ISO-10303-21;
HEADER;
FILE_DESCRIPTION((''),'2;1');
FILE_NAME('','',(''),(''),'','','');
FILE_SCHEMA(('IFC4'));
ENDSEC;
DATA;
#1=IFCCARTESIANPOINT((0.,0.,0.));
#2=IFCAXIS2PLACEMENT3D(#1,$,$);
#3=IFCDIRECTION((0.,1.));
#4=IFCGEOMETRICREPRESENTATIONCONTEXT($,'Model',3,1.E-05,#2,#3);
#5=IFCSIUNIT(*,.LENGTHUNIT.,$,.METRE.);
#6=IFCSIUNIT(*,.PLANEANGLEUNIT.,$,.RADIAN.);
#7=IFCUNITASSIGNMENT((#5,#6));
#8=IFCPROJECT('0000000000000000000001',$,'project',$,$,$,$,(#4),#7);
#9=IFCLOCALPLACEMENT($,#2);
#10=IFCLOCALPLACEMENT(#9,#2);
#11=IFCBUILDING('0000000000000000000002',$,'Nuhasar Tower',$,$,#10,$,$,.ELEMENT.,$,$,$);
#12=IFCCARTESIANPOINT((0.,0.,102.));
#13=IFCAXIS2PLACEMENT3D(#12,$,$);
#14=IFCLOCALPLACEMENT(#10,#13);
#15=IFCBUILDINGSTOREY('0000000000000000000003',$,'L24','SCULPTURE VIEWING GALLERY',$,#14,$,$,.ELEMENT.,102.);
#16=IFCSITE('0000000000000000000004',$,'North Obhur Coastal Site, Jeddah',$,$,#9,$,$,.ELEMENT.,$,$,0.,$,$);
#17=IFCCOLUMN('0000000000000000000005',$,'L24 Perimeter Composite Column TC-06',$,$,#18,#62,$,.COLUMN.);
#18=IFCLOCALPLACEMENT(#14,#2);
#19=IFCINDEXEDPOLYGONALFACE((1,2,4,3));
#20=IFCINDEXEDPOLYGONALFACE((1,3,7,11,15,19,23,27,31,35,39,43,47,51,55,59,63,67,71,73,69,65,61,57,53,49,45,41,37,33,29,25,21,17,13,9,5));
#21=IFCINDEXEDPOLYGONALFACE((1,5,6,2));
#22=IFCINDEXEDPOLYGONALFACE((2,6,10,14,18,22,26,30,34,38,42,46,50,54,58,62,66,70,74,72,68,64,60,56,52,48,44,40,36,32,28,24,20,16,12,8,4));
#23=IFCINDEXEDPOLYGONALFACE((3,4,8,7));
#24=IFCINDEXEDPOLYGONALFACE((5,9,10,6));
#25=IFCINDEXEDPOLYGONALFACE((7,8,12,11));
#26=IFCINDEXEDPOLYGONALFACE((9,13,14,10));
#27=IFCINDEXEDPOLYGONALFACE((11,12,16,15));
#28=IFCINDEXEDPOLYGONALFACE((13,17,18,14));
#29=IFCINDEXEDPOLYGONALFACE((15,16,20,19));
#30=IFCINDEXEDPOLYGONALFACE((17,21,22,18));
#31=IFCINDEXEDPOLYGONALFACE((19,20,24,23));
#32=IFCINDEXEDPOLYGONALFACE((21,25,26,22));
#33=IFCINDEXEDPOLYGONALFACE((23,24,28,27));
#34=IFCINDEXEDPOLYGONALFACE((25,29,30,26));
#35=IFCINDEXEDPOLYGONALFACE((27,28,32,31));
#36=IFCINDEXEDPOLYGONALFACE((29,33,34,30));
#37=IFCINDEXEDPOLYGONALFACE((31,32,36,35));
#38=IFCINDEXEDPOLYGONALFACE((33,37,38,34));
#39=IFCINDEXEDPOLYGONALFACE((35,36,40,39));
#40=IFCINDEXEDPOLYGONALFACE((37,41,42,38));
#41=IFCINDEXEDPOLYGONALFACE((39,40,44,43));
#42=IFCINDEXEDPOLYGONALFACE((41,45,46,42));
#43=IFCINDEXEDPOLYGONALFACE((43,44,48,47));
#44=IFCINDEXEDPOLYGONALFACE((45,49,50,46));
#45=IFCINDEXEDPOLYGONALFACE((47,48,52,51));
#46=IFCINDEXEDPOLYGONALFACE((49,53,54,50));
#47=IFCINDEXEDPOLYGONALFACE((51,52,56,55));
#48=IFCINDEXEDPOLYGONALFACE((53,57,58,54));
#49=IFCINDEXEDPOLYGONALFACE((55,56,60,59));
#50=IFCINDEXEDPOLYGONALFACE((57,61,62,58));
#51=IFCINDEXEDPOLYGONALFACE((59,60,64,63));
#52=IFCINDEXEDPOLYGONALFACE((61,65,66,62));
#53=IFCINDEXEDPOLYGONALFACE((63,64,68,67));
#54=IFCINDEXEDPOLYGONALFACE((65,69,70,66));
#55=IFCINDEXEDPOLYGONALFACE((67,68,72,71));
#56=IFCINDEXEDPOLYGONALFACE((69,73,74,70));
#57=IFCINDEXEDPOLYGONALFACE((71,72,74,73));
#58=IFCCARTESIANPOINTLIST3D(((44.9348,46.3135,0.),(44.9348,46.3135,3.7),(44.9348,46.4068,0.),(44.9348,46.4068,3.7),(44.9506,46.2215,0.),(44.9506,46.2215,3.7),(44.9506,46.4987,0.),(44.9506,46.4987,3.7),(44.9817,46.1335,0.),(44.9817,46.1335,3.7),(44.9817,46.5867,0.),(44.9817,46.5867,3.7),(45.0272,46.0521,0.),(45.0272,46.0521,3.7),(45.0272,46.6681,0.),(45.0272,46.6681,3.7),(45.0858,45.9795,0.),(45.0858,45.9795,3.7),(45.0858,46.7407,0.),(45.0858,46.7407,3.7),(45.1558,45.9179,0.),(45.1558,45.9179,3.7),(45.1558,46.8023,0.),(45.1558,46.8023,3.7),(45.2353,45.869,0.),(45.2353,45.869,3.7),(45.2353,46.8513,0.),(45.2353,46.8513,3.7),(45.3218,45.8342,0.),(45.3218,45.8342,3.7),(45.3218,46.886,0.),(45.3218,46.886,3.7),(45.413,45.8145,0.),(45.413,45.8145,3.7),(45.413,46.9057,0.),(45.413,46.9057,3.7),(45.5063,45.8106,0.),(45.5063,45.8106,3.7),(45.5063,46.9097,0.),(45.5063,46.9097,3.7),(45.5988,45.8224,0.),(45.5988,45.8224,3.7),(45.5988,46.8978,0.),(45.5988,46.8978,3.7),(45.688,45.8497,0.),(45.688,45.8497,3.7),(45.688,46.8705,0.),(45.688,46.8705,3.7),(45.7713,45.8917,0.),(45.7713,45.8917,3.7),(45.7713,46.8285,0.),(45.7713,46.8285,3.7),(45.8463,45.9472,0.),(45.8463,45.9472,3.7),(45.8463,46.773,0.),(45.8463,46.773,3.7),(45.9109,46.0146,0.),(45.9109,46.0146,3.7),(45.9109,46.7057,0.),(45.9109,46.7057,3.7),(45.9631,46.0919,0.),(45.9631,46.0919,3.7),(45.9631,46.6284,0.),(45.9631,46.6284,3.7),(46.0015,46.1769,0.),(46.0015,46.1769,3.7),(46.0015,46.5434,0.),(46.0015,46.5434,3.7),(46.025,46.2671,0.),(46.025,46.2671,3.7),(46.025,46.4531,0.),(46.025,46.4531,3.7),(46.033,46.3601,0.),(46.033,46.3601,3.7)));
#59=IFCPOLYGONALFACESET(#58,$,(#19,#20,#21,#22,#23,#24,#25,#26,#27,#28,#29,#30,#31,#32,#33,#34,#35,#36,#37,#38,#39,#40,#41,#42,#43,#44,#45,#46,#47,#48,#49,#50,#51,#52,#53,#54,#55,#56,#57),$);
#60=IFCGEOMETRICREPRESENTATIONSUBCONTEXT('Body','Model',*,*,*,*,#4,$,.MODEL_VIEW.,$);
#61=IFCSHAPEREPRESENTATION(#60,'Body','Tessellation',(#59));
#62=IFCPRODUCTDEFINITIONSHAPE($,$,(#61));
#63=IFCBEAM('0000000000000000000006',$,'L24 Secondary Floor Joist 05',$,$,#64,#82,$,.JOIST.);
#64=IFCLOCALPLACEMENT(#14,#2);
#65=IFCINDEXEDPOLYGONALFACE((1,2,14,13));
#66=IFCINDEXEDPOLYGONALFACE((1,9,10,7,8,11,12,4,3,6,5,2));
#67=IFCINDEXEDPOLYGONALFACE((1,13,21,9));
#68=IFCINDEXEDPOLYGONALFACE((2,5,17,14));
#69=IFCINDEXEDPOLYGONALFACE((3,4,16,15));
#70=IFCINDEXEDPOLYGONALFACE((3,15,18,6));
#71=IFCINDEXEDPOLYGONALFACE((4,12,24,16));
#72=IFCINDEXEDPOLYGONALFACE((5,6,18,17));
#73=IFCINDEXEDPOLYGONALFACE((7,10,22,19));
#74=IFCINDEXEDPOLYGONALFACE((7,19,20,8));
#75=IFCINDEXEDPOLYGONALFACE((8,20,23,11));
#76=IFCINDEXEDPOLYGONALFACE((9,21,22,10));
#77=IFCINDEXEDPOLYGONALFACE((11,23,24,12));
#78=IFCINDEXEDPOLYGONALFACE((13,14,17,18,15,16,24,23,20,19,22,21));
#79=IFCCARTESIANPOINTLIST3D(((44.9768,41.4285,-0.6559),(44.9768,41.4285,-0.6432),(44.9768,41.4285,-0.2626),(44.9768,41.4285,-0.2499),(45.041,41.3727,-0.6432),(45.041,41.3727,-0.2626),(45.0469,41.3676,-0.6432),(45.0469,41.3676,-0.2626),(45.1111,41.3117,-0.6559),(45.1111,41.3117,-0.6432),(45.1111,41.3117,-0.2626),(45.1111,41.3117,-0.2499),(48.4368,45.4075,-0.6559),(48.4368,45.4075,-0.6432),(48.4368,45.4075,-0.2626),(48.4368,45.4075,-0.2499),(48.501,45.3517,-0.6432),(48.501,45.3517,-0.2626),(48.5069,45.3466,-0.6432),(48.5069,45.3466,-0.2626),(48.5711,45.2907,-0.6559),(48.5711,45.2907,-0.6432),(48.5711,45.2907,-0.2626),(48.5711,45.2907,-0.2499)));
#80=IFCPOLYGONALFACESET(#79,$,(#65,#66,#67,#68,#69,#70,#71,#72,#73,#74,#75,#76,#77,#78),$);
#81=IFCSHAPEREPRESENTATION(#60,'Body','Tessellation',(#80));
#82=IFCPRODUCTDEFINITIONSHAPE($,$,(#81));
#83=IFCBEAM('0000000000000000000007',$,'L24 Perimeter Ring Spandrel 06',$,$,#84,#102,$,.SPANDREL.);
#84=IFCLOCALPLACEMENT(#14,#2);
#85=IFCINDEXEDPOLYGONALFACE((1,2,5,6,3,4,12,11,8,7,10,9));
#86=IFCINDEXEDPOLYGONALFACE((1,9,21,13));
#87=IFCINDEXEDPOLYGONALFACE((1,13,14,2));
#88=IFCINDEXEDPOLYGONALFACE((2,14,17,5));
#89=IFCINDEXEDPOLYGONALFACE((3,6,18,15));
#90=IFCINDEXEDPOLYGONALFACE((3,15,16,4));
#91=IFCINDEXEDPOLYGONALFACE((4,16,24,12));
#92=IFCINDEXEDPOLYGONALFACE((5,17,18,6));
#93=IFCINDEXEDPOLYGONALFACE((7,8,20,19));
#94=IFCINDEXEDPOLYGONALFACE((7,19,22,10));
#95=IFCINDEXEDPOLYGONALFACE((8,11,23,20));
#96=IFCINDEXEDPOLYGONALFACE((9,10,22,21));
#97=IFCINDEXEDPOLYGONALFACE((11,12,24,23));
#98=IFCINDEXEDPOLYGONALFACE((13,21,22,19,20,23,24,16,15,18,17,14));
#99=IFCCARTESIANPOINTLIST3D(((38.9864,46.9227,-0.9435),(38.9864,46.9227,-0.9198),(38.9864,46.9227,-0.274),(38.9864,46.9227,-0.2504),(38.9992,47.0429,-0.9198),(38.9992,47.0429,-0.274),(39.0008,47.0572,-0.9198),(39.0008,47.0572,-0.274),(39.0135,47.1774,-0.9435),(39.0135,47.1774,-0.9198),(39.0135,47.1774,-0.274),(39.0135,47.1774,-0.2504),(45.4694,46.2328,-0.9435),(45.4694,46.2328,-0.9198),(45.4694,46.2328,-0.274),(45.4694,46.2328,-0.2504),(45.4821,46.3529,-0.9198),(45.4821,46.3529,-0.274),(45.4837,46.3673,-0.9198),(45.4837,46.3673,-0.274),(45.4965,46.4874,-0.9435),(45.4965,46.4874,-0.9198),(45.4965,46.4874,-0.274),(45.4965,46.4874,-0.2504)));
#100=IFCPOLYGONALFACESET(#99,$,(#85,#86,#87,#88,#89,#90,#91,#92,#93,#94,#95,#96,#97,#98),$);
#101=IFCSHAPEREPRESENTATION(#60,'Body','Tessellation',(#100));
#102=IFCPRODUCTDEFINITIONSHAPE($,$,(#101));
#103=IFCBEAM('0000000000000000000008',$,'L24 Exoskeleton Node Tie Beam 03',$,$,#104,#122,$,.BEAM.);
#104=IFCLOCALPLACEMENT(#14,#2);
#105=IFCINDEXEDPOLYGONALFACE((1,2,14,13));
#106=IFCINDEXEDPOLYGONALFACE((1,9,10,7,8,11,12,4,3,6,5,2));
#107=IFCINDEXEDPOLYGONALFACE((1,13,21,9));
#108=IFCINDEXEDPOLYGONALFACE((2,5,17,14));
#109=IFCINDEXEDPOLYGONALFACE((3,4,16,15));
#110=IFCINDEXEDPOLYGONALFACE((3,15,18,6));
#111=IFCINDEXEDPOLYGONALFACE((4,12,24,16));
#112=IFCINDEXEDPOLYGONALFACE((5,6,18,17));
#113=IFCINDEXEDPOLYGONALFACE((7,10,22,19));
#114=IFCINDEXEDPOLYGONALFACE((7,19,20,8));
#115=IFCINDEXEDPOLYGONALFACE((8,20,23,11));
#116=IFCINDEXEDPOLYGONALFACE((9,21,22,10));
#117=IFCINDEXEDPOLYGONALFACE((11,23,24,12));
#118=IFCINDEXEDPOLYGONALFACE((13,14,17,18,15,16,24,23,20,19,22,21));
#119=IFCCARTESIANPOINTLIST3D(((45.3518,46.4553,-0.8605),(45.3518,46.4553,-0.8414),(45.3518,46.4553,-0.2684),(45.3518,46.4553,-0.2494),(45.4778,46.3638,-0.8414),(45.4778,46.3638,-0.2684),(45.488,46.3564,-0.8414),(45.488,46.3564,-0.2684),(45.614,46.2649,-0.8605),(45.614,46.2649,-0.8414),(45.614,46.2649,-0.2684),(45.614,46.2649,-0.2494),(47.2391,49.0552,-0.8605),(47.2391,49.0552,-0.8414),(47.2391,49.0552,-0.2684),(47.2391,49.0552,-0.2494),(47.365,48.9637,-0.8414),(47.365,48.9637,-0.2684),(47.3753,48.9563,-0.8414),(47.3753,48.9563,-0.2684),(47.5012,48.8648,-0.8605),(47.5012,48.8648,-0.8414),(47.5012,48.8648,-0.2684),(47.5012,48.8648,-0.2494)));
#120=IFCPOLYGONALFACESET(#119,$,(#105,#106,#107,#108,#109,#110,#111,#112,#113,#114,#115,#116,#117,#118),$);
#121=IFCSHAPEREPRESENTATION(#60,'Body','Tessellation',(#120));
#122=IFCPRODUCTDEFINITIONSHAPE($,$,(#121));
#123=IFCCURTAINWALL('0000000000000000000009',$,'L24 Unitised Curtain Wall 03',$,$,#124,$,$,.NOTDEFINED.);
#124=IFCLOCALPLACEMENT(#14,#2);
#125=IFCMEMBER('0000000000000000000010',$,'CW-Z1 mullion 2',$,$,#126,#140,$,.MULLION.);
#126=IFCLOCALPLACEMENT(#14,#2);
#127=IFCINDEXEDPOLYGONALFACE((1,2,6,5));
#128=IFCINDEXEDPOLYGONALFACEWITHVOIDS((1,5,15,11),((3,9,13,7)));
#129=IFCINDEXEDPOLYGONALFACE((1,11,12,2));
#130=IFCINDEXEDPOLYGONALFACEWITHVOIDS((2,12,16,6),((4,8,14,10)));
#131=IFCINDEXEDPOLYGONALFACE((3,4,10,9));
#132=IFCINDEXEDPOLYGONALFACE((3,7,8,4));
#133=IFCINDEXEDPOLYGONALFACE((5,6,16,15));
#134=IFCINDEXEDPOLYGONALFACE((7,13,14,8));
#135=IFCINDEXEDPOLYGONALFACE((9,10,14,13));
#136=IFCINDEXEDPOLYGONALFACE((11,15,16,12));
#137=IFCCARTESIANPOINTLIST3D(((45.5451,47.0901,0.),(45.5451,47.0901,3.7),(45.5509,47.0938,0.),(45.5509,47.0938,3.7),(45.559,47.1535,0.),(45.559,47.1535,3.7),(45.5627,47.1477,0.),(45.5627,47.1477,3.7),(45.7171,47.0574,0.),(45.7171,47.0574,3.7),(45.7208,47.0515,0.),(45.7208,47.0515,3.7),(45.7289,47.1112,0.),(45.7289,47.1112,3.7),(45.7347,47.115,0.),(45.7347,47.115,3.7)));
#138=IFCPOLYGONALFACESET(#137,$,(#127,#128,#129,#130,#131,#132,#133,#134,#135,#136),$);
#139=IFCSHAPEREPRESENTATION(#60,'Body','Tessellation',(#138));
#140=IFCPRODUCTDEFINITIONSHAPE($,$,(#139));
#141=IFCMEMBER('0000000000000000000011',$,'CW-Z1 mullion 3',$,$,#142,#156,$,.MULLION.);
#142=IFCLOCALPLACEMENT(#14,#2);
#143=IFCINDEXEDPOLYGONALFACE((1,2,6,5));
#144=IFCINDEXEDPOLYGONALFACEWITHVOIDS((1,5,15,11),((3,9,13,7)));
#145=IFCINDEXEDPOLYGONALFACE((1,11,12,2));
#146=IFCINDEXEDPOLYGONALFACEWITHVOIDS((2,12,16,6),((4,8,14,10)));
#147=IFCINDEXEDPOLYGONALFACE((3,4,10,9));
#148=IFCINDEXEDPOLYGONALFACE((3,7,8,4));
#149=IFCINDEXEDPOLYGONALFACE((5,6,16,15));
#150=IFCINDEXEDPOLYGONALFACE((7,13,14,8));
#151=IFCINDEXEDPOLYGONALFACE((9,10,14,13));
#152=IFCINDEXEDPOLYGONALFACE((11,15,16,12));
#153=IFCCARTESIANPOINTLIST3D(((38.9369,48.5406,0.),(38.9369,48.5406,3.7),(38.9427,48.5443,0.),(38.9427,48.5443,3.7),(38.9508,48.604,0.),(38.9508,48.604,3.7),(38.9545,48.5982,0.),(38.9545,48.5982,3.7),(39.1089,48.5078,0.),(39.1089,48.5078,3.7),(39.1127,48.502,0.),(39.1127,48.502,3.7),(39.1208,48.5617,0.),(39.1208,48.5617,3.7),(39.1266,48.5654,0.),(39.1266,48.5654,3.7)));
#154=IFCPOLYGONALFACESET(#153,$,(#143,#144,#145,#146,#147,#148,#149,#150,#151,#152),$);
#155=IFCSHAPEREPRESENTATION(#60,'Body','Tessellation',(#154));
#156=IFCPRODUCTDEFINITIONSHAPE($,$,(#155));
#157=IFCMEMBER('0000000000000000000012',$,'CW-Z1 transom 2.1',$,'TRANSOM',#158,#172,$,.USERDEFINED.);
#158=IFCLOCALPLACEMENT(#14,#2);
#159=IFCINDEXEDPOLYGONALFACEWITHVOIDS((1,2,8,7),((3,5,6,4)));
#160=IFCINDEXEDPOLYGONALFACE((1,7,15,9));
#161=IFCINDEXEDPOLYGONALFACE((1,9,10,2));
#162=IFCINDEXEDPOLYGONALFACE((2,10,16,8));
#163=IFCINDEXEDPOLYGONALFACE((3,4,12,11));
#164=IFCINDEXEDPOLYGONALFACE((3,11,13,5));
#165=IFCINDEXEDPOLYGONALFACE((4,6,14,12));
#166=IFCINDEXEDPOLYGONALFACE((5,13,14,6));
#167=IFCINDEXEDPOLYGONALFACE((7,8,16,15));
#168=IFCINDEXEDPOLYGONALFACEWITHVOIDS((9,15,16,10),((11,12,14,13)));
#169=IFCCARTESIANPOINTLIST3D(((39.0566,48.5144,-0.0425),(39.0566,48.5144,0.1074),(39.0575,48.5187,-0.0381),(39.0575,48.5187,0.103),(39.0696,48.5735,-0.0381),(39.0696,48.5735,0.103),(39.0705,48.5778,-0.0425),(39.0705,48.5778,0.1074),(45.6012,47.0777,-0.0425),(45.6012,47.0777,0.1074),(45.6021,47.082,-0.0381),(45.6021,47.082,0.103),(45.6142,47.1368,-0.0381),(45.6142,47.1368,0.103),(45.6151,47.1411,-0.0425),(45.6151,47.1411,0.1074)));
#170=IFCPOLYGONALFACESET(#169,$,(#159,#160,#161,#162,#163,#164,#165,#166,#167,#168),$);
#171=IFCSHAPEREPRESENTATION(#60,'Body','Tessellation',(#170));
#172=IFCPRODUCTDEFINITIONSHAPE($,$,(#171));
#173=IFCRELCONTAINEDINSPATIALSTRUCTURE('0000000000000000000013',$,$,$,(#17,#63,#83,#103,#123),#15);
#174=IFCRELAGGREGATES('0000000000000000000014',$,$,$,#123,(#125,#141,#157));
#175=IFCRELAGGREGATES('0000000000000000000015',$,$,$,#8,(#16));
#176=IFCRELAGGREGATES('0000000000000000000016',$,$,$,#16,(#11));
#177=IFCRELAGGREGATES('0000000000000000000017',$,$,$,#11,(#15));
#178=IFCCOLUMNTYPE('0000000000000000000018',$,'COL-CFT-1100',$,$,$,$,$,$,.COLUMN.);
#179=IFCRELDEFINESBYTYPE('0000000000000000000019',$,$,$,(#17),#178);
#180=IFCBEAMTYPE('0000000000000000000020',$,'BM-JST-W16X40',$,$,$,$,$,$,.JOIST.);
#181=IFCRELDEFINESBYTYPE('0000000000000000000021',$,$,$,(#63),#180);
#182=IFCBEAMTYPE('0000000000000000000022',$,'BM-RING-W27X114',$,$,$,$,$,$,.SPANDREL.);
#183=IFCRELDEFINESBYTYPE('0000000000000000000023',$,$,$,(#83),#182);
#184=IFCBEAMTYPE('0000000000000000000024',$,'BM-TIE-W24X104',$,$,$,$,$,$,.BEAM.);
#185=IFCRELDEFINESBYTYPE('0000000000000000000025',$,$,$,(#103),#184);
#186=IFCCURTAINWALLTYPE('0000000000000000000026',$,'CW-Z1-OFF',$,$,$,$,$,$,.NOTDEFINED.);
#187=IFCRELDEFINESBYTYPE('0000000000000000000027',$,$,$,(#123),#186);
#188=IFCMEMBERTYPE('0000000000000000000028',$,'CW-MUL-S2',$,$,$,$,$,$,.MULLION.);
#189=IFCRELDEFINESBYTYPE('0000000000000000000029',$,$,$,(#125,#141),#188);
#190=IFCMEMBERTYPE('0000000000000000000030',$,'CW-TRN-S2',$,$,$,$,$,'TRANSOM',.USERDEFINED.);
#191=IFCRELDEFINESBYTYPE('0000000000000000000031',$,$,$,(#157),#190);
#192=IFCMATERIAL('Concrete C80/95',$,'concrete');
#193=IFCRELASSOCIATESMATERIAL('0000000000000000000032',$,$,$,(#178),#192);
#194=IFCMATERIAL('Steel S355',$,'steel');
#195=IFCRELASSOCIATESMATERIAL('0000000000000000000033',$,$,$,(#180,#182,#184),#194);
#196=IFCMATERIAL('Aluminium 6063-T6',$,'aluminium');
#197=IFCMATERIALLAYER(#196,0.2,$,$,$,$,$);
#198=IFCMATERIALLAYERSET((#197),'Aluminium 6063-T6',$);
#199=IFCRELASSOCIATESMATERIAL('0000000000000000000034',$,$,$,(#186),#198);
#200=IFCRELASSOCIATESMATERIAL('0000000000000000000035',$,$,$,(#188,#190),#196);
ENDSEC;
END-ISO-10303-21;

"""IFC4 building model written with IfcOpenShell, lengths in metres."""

from ifc_helpers import new_model, si_unit, direction, frame, origin, origin_2d, place, context, subcontext, project, spatial, hollow_rectangle, circle, i_section, extrude, material, layer, layer_set, material_profile, profile_set, type_object, element, aggregate, save


model = new_model("IFC4")

# Units and contexts
model_context = context("Model", 3, precision=1e-05, world=origin(), true_north=direction((0.0, 1.0)))
body_context = subcontext(model_context, "Body", "Model", "MODEL_VIEW")
ifc_project = project(units=[si_unit("LENGTHUNIT", "METRE"), si_unit("PLANEANGLEUNIT", "RADIAN")], contexts=[model_context])

# Site, building, storey
site_placement = place(None, origin())
site = spatial("IfcSite", under=ifc_project, at=site_placement, Name="North Obhur Coastal Site, Jeddah", CompositionType="ELEMENT", RefElevation=0.0)
building_placement = place(site_placement, origin())
building = spatial("IfcBuilding", under=site, at=building_placement, Name="Nuhasar Tower", CompositionType="ELEMENT")
storey_placement = place(building_placement, frame((0.0, 0.0, 102.0)))
storey = spatial("IfcBuildingStorey", under=building, at=storey_placement, Name="L24", Description="SCULPTURE VIEWING GALLERY", CompositionType="ELEMENT", Elevation=102.0)

# Column
ifc_material_1 = material(Name="Concrete C80/95", Category="concrete")
ifc_material_profile_1 = material_profile(ifc_material_1, circle(Radius=0.55, at=origin_2d()), Name="CFT1100")
ifc_profile_set_1 = profile_set([ifc_material_profile_1], Name="Concrete C80/95")
column_type = type_object("IfcColumnType", Name="COL-CFT-1100", PredefinedType="COLUMN", material=ifc_profile_set_1)
column_placement = place(storey_placement, frame((45.4829, 46.3601, 0.0), z_axis=(0.0, 0.0, 1.0), x_axis=(1.0, 0.0, 0.0)))
element("IfcColumn", 1, at=column_placement, inside=storey, type_object=column_type, Name="L24 Perimeter Composite Column TC-06", PredefinedType="COLUMN", context=body_context, shape_type="SweptSolid", body=[
    extrude(circle(Radius=0.55, at=origin_2d()), origin(), (0.0, 0.0, 1.0), 3.7),
])

# Beams
ifc_material_2 = material(Name="Steel S355", Category="steel")
ifc_material_profile_2 = material_profile(ifc_material_2, i_section(OverallWidth=0.178, OverallDepth=0.406, WebThickness=0.0078, FlangeThickness=0.0127, at=origin_2d()), Name="W16X40")
ifc_profile_set_2 = profile_set([ifc_material_profile_2], Name="Steel S355")
beam_type_1 = type_object("IfcBeamType", Name="BM-JST-W16X40", PredefinedType="JOIST", material=ifc_profile_set_2)
beam_1_placement = place(storey_placement, frame((45.0439, 41.3701, -0.4529), z_axis=(0.656174, 0.75461, 0.0), x_axis=(-0.75461, 0.656174, 0.0)))
element("IfcBeam", 2, at=beam_1_placement, inside=storey, type_object=beam_type_1, Name="L24 Secondary Floor Joist 05", PredefinedType="JOIST", context=body_context, shape_type="SweptSolid", body=[
    extrude(i_section(OverallWidth=0.178, OverallDepth=0.406, WebThickness=0.0078, FlangeThickness=0.0127, at=origin_2d()), origin(), (0.0, 0.0, 1.0), 5.2729),
])
ifc_material_profile_3 = material_profile(ifc_material_2, i_section(OverallWidth=0.2561, OverallDepth=0.6931, WebThickness=0.0144, FlangeThickness=0.0237, at=origin_2d()), Name="W27X114")
ifc_profile_set_3 = profile_set([ifc_material_profile_3], Name="Steel S355")
beam_type_2 = type_object("IfcBeamType", Name="BM-RING-W27X114", PredefinedType="SPANDREL", material=ifc_profile_set_3)
beam_2_placement = place(storey_placement, frame((45.4829, 46.3601, -0.5969), z_axis=(-0.994385, 0.105827, 0.0), x_axis=(-0.105827, -0.994385, 0.0)))
element("IfcBeam", 3, at=beam_2_placement, inside=storey, type_object=beam_type_2, Name="L24 Perimeter Ring Spandrel 06", PredefinedType="SPANDREL", context=body_context, shape_type="SweptSolid", body=[
    extrude(i_section(OverallWidth=0.2561, OverallDepth=0.6931, WebThickness=0.0144, FlangeThickness=0.0237, at=origin_2d()), origin(), (0.0, 0.0, 1.0), 6.5195),
])
ifc_material_profile_4 = material_profile(ifc_material_2, i_section(OverallWidth=0.324, OverallDepth=0.6111, WebThickness=0.0127, FlangeThickness=0.019, at=origin_2d()), Name="W24X104")
ifc_profile_set_4 = profile_set([ifc_material_profile_4], Name="Steel S355")
beam_type_3 = type_object("IfcBeamType", Name="BM-TIE-W24X104", PredefinedType="BEAM", material=ifc_profile_set_4)
beam_3_placement = place(storey_placement, frame((45.4829, 46.3601, -0.5549), z_axis=(0.587439, 0.809268, 0.0), x_axis=(-0.809268, 0.587439, 0.0)))
element("IfcBeam", 4, at=beam_3_placement, inside=storey, type_object=beam_type_3, Name="L24 Exoskeleton Node Tie Beam 03", PredefinedType="BEAM", context=body_context, shape_type="SweptSolid", body=[
    extrude(i_section(OverallWidth=0.324, OverallDepth=0.6111, WebThickness=0.0127, FlangeThickness=0.019, at=origin_2d()), origin(), (0.0, 0.0, 1.0), 3.2126),
])

# Curtain wall, members
ifc_material_3 = material(Name="Aluminium 6063-T6", Category="aluminium")
ifc_layer_1 = layer(ifc_material_3, 0.2)
ifc_layer_set_1 = layer_set([ifc_layer_1], Name="Aluminium 6063-T6")
curtain_wall_type = type_object("IfcCurtainWallType", Name="CW-Z1-OFF", PredefinedType="NOTDEFINED", material=ifc_layer_set_1)
curtain_wall_placement = place(storey_placement, origin())
curtain_wall = element("IfcCurtainWall", 5, at=curtain_wall_placement, inside=storey, type_object=curtain_wall_type, Name="L24 Unitised Curtain Wall 03", PredefinedType="NOTDEFINED")
ifc_material_profile_5 = material_profile(ifc_material_3, hollow_rectangle(XDim=0.0649, YDim=0.1799, WallThickness=0.0049, at=origin_2d()), Name="CWM-2")
ifc_profile_set_5 = profile_set([ifc_material_profile_5], Name="Aluminium 6063-T6")
member_type_1 = type_object("IfcMemberType", Name="CW-MUL-S2", PredefinedType="MULLION", material=ifc_profile_set_5)
member_1_placement = place(storey_placement, frame((45.6399, 47.1025, 0.0), z_axis=(0.0, 0.0, 1.0), x_axis=(-0.214399, -0.976746, 0.0)))
member_1 = element("IfcMember", 6, at=member_1_placement, type_object=member_type_1, Name="CW-Z1 mullion 2", PredefinedType="MULLION", context=body_context, shape_type="SweptSolid", body=[
    extrude(hollow_rectangle(XDim=0.0649, YDim=0.1799, WallThickness=0.0049, at=origin_2d()), origin(), (0.0, 0.0, 1.0), 3.7),
])
member_2_placement = place(storey_placement, frame((39.0317, 48.553, 0.0), z_axis=(0.0, 0.0, 1.0), x_axis=(-0.214399, -0.976746, 0.0)))
member_2 = element("IfcMember", 7, at=member_2_placement, type_object=member_type_1, Name="CW-Z1 mullion 3", PredefinedType="MULLION", context=body_context, shape_type="SweptSolid", body=[
    extrude(hollow_rectangle(XDim=0.0649, YDim=0.1799, WallThickness=0.0049, at=origin_2d()), origin(), (0.0, 0.0, 1.0), 3.7),
])
ifc_material_profile_6 = material_profile(ifc_material_3, hollow_rectangle(XDim=0.0649, YDim=0.1499, WallThickness=0.0044, at=origin_2d()), Name="CWT-2")
ifc_profile_set_6 = profile_set([ifc_material_profile_6], Name="Aluminium 6063-T6")
member_type_2 = type_object("IfcMemberType", Name="CW-TRN-S2", ElementType="TRANSOM", PredefinedType="USERDEFINED", material=ifc_profile_set_6)
member_3_placement = place(storey_placement, frame((45.6082, 47.1094, 0.0325), z_axis=(-0.97674, 0.214426, 0.0), x_axis=(-0.214426, -0.97674, 0.0)))
member_3 = element("IfcMember", 8, at=member_3_placement, type_object=member_type_2, Name="CW-Z1 transom 2.1", ObjectType="TRANSOM", PredefinedType="USERDEFINED", context=body_context, shape_type="SweptSolid", body=[
    extrude(hollow_rectangle(XDim=0.0649, YDim=0.1499, WallThickness=0.0044, at=origin_2d()), origin(), (0.0, 0.0, 1.0), 6.7004),
])

aggregate(curtain_wall, [member_1, member_2, member_3])

save(model, "model.ifc")
